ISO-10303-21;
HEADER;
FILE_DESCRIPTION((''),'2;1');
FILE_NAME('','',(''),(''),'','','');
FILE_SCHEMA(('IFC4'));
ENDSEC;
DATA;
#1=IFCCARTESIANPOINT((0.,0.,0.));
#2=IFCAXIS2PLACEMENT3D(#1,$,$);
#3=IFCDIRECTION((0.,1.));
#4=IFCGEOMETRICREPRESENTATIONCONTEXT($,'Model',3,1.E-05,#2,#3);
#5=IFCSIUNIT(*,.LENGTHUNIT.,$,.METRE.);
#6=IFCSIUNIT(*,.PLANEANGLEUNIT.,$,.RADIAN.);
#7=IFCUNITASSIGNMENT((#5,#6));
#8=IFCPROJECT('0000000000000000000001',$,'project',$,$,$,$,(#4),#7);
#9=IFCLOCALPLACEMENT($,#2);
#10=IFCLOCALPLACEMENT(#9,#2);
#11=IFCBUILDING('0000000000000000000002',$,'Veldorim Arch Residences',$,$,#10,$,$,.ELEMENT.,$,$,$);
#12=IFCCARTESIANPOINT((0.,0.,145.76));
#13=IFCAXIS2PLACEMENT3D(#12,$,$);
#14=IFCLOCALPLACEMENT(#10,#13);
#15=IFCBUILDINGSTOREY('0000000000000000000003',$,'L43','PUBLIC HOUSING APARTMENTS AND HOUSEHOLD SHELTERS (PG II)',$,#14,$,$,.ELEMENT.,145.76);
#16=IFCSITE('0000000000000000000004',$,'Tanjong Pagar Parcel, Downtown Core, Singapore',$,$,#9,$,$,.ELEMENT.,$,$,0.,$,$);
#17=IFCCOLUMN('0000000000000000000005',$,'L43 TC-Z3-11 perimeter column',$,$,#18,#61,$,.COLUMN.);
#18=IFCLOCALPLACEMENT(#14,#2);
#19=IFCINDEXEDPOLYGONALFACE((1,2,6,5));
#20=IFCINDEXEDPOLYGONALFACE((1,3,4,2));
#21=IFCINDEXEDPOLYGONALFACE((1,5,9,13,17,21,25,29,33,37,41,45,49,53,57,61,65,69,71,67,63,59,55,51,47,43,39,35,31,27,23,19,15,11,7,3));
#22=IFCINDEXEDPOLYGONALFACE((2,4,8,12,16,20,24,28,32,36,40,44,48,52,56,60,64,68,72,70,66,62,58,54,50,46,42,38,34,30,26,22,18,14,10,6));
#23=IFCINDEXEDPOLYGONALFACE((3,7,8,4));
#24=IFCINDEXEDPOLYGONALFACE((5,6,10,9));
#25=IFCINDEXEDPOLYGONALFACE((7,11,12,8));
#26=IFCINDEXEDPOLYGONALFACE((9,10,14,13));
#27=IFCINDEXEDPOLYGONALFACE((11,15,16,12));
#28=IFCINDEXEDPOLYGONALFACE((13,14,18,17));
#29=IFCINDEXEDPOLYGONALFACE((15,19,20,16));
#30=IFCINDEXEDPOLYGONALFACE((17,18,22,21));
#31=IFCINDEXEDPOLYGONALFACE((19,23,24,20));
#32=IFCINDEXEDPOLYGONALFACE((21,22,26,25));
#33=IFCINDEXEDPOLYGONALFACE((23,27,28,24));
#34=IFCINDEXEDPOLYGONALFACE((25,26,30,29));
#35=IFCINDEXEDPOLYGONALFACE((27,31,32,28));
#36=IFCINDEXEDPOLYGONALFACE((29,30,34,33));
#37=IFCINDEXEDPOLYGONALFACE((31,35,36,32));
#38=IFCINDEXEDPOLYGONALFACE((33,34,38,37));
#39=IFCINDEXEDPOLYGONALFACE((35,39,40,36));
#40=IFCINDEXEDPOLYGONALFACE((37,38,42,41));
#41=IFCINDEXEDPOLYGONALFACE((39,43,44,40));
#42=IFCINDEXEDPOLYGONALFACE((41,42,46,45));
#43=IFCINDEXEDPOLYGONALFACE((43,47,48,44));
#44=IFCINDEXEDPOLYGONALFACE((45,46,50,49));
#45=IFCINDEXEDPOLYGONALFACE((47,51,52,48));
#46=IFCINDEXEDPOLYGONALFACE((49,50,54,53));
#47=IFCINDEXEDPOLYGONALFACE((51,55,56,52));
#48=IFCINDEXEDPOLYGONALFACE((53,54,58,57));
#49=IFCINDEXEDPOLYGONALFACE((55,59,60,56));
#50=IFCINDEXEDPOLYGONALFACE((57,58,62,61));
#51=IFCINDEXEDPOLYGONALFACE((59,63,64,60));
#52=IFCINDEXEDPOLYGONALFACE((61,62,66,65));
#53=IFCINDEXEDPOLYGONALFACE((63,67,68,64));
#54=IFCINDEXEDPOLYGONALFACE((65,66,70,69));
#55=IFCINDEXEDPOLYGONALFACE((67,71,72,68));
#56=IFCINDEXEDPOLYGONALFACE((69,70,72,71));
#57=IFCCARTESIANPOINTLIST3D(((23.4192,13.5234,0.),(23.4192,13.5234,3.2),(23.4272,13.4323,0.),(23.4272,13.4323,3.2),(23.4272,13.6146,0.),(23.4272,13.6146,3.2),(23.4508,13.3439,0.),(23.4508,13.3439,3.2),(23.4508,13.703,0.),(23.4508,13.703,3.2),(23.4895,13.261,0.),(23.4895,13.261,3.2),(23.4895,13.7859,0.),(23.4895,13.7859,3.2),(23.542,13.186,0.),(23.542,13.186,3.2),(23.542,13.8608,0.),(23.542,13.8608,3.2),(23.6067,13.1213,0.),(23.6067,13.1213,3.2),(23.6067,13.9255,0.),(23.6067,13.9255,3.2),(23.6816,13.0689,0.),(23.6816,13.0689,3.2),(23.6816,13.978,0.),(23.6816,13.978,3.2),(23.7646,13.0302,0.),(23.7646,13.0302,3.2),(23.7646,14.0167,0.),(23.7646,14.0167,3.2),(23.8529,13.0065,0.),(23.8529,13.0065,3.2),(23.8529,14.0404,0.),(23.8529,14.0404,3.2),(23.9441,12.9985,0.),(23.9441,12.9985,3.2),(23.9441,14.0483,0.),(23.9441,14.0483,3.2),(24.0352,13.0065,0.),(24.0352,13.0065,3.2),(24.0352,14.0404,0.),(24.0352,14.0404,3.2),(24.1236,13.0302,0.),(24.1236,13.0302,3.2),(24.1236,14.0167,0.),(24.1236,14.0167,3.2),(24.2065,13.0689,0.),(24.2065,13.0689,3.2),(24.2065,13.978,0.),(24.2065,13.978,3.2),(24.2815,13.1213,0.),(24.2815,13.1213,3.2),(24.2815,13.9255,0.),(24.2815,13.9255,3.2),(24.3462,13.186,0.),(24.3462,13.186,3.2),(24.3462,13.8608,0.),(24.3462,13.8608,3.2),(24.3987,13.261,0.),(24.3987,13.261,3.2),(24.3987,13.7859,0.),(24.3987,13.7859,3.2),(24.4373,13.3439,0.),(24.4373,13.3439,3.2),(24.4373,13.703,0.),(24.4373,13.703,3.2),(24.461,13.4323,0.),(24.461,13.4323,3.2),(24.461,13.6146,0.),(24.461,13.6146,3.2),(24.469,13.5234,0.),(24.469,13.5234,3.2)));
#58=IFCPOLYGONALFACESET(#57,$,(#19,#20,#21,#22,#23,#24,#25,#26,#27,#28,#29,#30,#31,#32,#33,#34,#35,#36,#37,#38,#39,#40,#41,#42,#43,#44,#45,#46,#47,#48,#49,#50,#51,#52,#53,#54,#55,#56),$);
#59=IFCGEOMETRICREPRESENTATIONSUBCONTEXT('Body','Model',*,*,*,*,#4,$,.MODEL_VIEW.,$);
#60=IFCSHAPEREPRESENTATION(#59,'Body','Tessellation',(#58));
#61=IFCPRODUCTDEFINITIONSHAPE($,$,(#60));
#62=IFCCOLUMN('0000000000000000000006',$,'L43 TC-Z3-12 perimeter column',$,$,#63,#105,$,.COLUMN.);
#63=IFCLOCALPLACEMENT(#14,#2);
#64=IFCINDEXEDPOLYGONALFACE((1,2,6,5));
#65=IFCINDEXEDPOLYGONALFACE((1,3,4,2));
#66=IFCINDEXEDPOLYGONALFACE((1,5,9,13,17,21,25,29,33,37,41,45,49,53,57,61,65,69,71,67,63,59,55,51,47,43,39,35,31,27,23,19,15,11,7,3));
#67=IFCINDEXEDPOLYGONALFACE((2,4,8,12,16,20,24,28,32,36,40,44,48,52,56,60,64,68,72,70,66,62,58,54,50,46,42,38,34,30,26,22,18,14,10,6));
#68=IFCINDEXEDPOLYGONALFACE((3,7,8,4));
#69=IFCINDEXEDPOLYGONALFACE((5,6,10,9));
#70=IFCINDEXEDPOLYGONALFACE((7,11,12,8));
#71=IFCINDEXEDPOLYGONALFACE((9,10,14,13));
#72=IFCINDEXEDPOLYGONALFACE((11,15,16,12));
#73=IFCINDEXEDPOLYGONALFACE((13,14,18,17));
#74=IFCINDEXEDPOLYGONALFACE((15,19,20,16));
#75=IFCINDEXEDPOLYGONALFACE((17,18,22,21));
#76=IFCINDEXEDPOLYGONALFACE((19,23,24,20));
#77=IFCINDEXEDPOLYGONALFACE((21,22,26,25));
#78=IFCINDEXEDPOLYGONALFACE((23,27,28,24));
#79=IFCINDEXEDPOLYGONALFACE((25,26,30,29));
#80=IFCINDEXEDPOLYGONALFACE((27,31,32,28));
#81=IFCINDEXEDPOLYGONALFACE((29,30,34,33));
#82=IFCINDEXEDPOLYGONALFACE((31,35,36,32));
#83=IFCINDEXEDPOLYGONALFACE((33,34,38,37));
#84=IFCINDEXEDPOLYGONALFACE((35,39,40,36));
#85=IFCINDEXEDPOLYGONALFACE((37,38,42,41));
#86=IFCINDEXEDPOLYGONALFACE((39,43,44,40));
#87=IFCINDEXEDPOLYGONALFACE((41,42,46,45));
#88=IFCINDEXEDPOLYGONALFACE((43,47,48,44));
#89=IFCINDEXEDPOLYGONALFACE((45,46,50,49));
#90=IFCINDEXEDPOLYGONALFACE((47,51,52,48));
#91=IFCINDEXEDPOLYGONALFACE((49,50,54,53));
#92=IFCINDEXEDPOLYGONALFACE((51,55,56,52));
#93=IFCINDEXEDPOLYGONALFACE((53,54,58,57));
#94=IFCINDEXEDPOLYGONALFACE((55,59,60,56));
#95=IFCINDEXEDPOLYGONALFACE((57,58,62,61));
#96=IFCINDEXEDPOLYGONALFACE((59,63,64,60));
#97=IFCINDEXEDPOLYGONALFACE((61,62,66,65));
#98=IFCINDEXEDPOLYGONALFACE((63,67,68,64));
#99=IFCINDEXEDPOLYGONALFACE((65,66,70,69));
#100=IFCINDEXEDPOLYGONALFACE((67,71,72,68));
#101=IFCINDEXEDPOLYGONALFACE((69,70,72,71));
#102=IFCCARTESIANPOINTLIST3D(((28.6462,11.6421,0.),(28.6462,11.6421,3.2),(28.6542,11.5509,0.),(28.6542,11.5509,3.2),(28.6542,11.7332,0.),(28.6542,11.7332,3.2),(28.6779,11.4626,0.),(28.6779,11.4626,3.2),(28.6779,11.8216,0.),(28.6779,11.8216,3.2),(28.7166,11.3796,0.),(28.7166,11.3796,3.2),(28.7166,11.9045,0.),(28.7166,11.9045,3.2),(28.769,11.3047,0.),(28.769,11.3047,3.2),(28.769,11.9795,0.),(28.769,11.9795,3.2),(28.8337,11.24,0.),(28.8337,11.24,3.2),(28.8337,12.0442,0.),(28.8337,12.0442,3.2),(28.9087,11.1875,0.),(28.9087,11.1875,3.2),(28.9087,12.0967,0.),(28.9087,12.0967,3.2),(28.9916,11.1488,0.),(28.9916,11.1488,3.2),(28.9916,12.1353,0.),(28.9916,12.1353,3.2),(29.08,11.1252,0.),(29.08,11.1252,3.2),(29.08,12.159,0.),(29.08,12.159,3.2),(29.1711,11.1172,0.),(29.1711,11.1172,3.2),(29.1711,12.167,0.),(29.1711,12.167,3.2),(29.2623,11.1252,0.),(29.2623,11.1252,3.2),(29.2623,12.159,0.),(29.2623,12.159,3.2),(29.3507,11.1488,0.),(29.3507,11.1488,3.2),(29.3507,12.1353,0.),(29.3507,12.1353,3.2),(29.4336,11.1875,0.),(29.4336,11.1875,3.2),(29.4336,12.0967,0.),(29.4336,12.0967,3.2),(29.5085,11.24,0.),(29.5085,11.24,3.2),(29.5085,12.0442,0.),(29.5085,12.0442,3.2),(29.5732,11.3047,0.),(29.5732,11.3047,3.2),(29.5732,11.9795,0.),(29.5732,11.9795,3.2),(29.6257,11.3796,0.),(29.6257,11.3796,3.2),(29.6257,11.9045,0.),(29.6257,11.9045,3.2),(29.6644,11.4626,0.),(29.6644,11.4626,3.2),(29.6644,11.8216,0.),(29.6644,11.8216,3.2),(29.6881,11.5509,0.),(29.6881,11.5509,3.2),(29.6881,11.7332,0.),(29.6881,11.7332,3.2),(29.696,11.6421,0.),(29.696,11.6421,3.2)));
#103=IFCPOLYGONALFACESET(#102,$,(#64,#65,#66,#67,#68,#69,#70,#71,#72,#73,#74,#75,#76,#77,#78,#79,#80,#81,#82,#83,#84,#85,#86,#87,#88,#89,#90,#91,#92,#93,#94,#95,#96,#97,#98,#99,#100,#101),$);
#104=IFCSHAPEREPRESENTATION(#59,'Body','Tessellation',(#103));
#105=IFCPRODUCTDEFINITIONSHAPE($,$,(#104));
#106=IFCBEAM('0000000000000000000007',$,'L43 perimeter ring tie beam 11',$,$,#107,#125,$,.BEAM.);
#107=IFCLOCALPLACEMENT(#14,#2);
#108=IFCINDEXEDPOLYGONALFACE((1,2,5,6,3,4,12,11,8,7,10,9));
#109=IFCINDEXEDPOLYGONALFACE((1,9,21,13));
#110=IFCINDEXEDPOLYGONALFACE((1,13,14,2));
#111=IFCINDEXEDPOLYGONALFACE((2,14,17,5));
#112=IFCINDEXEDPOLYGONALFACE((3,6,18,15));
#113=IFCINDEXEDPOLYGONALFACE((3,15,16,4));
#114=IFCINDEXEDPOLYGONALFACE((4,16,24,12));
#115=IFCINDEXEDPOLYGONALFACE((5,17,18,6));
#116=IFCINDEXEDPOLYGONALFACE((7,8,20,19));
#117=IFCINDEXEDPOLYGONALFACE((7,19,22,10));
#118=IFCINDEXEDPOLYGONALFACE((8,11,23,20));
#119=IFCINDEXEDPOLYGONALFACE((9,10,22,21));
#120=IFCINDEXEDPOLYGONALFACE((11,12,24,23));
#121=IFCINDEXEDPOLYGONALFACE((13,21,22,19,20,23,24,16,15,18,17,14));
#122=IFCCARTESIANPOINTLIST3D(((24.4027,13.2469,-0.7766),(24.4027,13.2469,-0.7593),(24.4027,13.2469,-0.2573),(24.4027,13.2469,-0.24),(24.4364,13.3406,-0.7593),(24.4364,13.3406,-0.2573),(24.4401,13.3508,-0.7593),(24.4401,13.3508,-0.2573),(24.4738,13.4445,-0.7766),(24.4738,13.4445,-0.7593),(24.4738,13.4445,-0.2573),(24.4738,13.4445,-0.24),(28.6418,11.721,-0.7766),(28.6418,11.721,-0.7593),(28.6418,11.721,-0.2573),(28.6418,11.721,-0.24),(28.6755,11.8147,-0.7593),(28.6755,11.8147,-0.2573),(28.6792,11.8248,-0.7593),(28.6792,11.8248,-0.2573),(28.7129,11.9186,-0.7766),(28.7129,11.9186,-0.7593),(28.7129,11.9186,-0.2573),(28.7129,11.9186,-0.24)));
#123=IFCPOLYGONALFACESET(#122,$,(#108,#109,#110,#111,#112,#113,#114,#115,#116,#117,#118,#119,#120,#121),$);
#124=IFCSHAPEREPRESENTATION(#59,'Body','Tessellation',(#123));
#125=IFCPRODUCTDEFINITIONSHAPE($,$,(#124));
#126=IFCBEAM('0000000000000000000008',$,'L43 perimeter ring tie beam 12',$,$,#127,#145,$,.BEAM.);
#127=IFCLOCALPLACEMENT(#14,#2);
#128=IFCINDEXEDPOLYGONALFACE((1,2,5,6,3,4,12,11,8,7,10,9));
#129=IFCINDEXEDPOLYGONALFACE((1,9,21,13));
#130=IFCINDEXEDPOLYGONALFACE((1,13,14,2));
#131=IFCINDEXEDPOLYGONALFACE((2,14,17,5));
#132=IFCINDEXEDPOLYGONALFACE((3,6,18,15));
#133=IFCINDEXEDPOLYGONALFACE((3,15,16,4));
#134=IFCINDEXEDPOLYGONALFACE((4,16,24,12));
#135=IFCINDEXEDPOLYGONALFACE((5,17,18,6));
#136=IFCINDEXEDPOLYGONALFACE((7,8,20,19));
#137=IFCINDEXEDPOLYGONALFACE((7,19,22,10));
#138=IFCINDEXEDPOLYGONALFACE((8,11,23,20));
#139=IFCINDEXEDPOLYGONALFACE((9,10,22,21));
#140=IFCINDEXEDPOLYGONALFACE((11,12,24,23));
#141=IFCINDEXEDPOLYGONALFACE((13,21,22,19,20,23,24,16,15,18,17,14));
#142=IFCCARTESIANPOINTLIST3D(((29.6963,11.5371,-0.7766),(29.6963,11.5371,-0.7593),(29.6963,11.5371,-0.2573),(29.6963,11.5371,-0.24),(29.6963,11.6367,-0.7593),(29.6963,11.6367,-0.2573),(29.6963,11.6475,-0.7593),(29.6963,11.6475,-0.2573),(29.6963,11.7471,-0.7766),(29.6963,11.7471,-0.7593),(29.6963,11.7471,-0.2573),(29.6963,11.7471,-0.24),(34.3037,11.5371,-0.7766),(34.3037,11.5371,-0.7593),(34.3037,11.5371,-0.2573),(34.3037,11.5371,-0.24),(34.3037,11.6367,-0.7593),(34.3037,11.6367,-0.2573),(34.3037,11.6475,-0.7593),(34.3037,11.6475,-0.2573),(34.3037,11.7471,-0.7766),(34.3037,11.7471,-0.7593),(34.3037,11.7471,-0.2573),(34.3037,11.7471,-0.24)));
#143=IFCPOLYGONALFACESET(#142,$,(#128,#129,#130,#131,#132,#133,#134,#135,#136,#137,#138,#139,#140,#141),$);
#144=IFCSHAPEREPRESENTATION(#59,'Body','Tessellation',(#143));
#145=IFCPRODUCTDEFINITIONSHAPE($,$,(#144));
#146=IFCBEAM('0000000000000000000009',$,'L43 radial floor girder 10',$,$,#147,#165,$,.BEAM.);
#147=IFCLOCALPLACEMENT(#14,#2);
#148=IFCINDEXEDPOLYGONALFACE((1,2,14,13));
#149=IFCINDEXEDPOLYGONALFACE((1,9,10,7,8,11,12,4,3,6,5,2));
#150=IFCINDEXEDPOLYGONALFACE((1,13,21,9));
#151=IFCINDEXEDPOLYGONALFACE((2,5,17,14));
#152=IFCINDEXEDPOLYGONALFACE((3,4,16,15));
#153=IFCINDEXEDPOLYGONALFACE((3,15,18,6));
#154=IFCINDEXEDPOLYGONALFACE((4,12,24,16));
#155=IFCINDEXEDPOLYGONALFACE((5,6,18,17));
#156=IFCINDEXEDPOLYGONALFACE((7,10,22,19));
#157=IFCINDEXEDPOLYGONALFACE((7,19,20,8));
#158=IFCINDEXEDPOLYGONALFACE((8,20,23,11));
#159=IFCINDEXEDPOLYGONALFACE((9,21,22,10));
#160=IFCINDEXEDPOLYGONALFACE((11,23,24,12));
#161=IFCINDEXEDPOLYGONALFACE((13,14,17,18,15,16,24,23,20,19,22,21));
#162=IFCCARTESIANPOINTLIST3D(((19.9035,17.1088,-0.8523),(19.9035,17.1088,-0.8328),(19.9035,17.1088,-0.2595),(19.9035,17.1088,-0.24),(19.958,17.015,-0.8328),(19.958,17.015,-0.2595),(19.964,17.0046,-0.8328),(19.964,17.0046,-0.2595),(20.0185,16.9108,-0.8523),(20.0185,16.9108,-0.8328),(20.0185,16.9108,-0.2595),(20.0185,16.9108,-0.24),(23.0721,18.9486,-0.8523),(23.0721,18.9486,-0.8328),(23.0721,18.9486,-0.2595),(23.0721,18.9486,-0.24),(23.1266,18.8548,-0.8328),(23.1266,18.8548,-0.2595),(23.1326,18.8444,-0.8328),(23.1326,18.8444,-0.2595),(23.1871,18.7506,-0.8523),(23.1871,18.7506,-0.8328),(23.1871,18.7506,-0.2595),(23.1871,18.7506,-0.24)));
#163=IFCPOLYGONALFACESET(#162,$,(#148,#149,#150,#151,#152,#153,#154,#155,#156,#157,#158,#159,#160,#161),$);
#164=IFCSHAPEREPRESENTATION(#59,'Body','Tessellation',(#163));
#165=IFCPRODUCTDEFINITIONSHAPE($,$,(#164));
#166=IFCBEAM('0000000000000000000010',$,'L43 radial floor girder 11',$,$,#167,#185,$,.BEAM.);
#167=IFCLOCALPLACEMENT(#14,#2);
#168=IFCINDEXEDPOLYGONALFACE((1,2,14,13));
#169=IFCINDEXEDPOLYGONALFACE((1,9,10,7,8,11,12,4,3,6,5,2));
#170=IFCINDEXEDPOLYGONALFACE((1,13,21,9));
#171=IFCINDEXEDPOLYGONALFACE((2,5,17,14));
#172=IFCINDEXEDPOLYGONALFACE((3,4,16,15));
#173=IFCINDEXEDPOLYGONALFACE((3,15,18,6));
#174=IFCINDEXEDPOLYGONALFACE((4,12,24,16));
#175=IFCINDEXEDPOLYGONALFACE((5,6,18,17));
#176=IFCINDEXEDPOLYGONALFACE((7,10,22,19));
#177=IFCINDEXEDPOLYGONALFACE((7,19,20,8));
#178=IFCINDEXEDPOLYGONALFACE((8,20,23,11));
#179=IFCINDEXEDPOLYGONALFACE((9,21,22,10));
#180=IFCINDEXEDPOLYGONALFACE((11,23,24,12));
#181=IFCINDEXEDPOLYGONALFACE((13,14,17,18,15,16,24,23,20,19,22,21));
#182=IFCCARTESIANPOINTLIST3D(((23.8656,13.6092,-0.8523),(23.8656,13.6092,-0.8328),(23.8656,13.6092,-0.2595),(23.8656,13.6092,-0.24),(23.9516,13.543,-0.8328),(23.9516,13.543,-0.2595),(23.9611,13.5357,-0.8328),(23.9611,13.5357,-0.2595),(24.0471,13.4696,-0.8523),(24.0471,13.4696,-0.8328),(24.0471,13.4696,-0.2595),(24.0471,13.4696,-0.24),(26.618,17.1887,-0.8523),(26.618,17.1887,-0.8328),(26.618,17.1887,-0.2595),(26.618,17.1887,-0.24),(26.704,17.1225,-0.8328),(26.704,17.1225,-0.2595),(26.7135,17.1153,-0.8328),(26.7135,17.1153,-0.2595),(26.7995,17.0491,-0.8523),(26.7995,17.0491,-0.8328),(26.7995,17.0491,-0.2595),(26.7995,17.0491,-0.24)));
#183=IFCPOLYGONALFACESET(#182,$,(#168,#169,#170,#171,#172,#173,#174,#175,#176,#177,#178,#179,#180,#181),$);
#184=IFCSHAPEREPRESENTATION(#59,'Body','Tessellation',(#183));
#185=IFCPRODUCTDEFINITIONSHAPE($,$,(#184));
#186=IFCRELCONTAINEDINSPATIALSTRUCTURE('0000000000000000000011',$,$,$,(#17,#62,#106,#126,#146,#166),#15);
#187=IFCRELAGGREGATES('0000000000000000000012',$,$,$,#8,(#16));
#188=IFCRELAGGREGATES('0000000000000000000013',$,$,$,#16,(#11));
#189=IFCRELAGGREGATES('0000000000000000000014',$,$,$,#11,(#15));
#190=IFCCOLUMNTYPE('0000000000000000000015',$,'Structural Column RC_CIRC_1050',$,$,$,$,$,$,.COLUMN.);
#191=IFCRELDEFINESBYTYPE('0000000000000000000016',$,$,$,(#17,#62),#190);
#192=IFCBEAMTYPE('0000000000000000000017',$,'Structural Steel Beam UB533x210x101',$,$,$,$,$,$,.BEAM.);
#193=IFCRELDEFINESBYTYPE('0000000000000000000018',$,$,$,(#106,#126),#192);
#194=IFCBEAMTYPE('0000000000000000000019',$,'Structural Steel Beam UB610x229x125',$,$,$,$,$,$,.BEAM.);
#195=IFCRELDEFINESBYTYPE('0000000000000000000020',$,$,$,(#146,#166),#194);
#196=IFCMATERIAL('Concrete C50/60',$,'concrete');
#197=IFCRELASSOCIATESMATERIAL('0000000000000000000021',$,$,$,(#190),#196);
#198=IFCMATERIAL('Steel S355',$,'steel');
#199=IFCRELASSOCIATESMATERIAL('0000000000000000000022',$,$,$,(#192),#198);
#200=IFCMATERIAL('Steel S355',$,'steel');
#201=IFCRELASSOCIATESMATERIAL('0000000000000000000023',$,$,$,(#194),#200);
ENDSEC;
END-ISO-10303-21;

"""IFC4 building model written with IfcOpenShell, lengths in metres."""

from ifc_helpers import new_model, si_unit, direction, frame, origin, origin_2d, place, context, subcontext, project, spatial, circle, i_section, extrude, material, material_profile, profile_set, type_object, element, save


model = new_model("IFC4")

# Units and contexts
model_context = context("Model", 3, precision=1e-05, world=origin(), true_north=direction((0.0, 1.0)))
body_context = subcontext(model_context, "Body", "Model", "MODEL_VIEW")
ifc_project = project(units=[si_unit("LENGTHUNIT", "METRE"), si_unit("PLANEANGLEUNIT", "RADIAN")], contexts=[model_context])

# Site, building, storey
site_placement = place(None, origin())
site = spatial("IfcSite", under=ifc_project, at=site_placement, Name="Tanjong Pagar Parcel, Downtown Core, Singapore", CompositionType="ELEMENT", RefElevation=0.0)
building_placement = place(site_placement, origin())
building = spatial("IfcBuilding", under=site, at=building_placement, Name="Veldorim Arch Residences", CompositionType="ELEMENT")
storey_placement = place(building_placement, frame((0.0, 0.0, 145.76)))
storey = spatial("IfcBuildingStorey", under=building, at=storey_placement, Name="L43", Description="PUBLIC HOUSING APARTMENTS AND HOUSEHOLD SHELTERS (PG II)", CompositionType="ELEMENT", Elevation=145.76)

# Columns
ifc_material_1 = material(Name="Concrete C50/60", Category="concrete")
ifc_material_profile_1 = material_profile(ifc_material_1, circle(Radius=0.5249, at=origin_2d()), Name="RC_CIRC_1050")
ifc_profile_set_1 = profile_set([ifc_material_profile_1], Name="Concrete C50/60")
column_type = type_object("IfcColumnType", Name="Structural Column RC_CIRC_1050", PredefinedType="COLUMN", material=ifc_profile_set_1)
for number, where, z_axis, x_axis, name in (
    (1, (23.9441, 13.5234, 0.0), (0.0, 0.0, 1.0), (1.0, 0.0, 0.0), "L43 TC-Z3-11 perimeter column"),
    (2, (29.1711, 11.6421, 0.0), (0.0, 0.0, 1.0), (1.0, 0.0, 0.0), "L43 TC-Z3-12 perimeter column"),
):
    element("IfcColumn", number, at=place(storey_placement, frame(where, z_axis=z_axis, x_axis=x_axis)), inside=storey, type_object=column_type, Name=name, PredefinedType="COLUMN", context=body_context, shape_type="SweptSolid", body=[
        extrude(circle(Radius=0.5249, at=origin_2d()), origin(), (0.0, 0.0, 1.0), 3.2),
    ])

# Beams
ifc_material_2 = material(Name="Steel S355", Category="steel")
ifc_material_profile_2 = material_profile(ifc_material_2, i_section(OverallWidth=0.21, OverallDepth=0.5366, WebThickness=0.0107, FlangeThickness=0.0173, at=origin_2d()), Name="UB533x210x101")
ifc_profile_set_2 = profile_set([ifc_material_profile_2], Name="Steel S355")
beam_type_1 = type_object("IfcBeamType", Name="Structural Steel Beam UB533x210x101", PredefinedType="BEAM", material=ifc_profile_set_2)
beam_1_placement = place(storey_placement, frame((24.4382, 13.3457, -0.5083), z_axis=(0.940899, -0.338687, 0.0), x_axis=(0.338687, 0.940899, 0.0)))
element("IfcBeam", 3, at=beam_1_placement, inside=storey, type_object=beam_type_1, Name="L43 perimeter ring tie beam 11", PredefinedType="BEAM", context=body_context, shape_type="SweptSolid", body=[
    extrude(i_section(OverallWidth=0.21, OverallDepth=0.5366, WebThickness=0.0107, FlangeThickness=0.0173, at=origin_2d()), origin(), (0.0, 0.0, 1.0), 4.5054),
])
beam_2_placement = place(storey_placement, frame((29.6963, 11.6421, -0.5083), z_axis=(1.0, 0.0, 0.0), x_axis=(0.0, 1.0, 0.0)))
element("IfcBeam", 4, at=beam_2_placement, inside=storey, type_object=beam_type_1, Name="L43 perimeter ring tie beam 12", PredefinedType="BEAM", context=body_context, shape_type="SweptSolid", body=[
    extrude(i_section(OverallWidth=0.21, OverallDepth=0.5366, WebThickness=0.0107, FlangeThickness=0.0173, at=origin_2d()), origin(), (0.0, 0.0, 1.0), 4.6074),
])
ifc_material_3 = material(Name="Steel S355", Category="steel")
ifc_material_profile_3 = material_profile(ifc_material_3, i_section(OverallWidth=0.229, OverallDepth=0.6123, WebThickness=0.012, FlangeThickness=0.0195, at=origin_2d()), Name="UB610x229x125")
ifc_profile_set_3 = profile_set([ifc_material_profile_3], Name="Steel S355")
beam_type_2 = type_object("IfcBeamType", Name="Structural Steel Beam UB610x229x125", PredefinedType="BEAM", material=ifc_profile_set_3)
beam_3_placement = place(storey_placement, frame((23.1296, 18.8496, -0.5461), z_axis=(-0.864795, -0.502126, 0.0), x_axis=(0.502126, -0.864795, 0.0)))
element("IfcBeam", 5, at=beam_3_placement, inside=storey, type_object=beam_type_2, Name="L43 radial floor girder 10", PredefinedType="BEAM", context=body_context, shape_type="SweptSolid", body=[
    extrude(i_section(OverallWidth=0.229, OverallDepth=0.6123, WebThickness=0.012, FlangeThickness=0.0195, at=origin_2d()), origin(), (0.0, 0.0, 1.0), 3.6641),
])
beam_4_placement = place(storey_placement, frame((26.7087, 17.1189, -0.5461), z_axis=(-0.609559, -0.792741, 0.0), x_axis=(0.792741, -0.609559, 0.0)))
element("IfcBeam", 6, at=beam_4_placement, inside=storey, type_object=beam_type_2, Name="L43 radial floor girder 11", PredefinedType="BEAM", context=body_context, shape_type="SweptSolid", body=[
    extrude(i_section(OverallWidth=0.229, OverallDepth=0.6123, WebThickness=0.012, FlangeThickness=0.0195, at=origin_2d()), origin(), (0.0, 0.0, 1.0), 4.5154),
])

save(model, "model.ifc")
